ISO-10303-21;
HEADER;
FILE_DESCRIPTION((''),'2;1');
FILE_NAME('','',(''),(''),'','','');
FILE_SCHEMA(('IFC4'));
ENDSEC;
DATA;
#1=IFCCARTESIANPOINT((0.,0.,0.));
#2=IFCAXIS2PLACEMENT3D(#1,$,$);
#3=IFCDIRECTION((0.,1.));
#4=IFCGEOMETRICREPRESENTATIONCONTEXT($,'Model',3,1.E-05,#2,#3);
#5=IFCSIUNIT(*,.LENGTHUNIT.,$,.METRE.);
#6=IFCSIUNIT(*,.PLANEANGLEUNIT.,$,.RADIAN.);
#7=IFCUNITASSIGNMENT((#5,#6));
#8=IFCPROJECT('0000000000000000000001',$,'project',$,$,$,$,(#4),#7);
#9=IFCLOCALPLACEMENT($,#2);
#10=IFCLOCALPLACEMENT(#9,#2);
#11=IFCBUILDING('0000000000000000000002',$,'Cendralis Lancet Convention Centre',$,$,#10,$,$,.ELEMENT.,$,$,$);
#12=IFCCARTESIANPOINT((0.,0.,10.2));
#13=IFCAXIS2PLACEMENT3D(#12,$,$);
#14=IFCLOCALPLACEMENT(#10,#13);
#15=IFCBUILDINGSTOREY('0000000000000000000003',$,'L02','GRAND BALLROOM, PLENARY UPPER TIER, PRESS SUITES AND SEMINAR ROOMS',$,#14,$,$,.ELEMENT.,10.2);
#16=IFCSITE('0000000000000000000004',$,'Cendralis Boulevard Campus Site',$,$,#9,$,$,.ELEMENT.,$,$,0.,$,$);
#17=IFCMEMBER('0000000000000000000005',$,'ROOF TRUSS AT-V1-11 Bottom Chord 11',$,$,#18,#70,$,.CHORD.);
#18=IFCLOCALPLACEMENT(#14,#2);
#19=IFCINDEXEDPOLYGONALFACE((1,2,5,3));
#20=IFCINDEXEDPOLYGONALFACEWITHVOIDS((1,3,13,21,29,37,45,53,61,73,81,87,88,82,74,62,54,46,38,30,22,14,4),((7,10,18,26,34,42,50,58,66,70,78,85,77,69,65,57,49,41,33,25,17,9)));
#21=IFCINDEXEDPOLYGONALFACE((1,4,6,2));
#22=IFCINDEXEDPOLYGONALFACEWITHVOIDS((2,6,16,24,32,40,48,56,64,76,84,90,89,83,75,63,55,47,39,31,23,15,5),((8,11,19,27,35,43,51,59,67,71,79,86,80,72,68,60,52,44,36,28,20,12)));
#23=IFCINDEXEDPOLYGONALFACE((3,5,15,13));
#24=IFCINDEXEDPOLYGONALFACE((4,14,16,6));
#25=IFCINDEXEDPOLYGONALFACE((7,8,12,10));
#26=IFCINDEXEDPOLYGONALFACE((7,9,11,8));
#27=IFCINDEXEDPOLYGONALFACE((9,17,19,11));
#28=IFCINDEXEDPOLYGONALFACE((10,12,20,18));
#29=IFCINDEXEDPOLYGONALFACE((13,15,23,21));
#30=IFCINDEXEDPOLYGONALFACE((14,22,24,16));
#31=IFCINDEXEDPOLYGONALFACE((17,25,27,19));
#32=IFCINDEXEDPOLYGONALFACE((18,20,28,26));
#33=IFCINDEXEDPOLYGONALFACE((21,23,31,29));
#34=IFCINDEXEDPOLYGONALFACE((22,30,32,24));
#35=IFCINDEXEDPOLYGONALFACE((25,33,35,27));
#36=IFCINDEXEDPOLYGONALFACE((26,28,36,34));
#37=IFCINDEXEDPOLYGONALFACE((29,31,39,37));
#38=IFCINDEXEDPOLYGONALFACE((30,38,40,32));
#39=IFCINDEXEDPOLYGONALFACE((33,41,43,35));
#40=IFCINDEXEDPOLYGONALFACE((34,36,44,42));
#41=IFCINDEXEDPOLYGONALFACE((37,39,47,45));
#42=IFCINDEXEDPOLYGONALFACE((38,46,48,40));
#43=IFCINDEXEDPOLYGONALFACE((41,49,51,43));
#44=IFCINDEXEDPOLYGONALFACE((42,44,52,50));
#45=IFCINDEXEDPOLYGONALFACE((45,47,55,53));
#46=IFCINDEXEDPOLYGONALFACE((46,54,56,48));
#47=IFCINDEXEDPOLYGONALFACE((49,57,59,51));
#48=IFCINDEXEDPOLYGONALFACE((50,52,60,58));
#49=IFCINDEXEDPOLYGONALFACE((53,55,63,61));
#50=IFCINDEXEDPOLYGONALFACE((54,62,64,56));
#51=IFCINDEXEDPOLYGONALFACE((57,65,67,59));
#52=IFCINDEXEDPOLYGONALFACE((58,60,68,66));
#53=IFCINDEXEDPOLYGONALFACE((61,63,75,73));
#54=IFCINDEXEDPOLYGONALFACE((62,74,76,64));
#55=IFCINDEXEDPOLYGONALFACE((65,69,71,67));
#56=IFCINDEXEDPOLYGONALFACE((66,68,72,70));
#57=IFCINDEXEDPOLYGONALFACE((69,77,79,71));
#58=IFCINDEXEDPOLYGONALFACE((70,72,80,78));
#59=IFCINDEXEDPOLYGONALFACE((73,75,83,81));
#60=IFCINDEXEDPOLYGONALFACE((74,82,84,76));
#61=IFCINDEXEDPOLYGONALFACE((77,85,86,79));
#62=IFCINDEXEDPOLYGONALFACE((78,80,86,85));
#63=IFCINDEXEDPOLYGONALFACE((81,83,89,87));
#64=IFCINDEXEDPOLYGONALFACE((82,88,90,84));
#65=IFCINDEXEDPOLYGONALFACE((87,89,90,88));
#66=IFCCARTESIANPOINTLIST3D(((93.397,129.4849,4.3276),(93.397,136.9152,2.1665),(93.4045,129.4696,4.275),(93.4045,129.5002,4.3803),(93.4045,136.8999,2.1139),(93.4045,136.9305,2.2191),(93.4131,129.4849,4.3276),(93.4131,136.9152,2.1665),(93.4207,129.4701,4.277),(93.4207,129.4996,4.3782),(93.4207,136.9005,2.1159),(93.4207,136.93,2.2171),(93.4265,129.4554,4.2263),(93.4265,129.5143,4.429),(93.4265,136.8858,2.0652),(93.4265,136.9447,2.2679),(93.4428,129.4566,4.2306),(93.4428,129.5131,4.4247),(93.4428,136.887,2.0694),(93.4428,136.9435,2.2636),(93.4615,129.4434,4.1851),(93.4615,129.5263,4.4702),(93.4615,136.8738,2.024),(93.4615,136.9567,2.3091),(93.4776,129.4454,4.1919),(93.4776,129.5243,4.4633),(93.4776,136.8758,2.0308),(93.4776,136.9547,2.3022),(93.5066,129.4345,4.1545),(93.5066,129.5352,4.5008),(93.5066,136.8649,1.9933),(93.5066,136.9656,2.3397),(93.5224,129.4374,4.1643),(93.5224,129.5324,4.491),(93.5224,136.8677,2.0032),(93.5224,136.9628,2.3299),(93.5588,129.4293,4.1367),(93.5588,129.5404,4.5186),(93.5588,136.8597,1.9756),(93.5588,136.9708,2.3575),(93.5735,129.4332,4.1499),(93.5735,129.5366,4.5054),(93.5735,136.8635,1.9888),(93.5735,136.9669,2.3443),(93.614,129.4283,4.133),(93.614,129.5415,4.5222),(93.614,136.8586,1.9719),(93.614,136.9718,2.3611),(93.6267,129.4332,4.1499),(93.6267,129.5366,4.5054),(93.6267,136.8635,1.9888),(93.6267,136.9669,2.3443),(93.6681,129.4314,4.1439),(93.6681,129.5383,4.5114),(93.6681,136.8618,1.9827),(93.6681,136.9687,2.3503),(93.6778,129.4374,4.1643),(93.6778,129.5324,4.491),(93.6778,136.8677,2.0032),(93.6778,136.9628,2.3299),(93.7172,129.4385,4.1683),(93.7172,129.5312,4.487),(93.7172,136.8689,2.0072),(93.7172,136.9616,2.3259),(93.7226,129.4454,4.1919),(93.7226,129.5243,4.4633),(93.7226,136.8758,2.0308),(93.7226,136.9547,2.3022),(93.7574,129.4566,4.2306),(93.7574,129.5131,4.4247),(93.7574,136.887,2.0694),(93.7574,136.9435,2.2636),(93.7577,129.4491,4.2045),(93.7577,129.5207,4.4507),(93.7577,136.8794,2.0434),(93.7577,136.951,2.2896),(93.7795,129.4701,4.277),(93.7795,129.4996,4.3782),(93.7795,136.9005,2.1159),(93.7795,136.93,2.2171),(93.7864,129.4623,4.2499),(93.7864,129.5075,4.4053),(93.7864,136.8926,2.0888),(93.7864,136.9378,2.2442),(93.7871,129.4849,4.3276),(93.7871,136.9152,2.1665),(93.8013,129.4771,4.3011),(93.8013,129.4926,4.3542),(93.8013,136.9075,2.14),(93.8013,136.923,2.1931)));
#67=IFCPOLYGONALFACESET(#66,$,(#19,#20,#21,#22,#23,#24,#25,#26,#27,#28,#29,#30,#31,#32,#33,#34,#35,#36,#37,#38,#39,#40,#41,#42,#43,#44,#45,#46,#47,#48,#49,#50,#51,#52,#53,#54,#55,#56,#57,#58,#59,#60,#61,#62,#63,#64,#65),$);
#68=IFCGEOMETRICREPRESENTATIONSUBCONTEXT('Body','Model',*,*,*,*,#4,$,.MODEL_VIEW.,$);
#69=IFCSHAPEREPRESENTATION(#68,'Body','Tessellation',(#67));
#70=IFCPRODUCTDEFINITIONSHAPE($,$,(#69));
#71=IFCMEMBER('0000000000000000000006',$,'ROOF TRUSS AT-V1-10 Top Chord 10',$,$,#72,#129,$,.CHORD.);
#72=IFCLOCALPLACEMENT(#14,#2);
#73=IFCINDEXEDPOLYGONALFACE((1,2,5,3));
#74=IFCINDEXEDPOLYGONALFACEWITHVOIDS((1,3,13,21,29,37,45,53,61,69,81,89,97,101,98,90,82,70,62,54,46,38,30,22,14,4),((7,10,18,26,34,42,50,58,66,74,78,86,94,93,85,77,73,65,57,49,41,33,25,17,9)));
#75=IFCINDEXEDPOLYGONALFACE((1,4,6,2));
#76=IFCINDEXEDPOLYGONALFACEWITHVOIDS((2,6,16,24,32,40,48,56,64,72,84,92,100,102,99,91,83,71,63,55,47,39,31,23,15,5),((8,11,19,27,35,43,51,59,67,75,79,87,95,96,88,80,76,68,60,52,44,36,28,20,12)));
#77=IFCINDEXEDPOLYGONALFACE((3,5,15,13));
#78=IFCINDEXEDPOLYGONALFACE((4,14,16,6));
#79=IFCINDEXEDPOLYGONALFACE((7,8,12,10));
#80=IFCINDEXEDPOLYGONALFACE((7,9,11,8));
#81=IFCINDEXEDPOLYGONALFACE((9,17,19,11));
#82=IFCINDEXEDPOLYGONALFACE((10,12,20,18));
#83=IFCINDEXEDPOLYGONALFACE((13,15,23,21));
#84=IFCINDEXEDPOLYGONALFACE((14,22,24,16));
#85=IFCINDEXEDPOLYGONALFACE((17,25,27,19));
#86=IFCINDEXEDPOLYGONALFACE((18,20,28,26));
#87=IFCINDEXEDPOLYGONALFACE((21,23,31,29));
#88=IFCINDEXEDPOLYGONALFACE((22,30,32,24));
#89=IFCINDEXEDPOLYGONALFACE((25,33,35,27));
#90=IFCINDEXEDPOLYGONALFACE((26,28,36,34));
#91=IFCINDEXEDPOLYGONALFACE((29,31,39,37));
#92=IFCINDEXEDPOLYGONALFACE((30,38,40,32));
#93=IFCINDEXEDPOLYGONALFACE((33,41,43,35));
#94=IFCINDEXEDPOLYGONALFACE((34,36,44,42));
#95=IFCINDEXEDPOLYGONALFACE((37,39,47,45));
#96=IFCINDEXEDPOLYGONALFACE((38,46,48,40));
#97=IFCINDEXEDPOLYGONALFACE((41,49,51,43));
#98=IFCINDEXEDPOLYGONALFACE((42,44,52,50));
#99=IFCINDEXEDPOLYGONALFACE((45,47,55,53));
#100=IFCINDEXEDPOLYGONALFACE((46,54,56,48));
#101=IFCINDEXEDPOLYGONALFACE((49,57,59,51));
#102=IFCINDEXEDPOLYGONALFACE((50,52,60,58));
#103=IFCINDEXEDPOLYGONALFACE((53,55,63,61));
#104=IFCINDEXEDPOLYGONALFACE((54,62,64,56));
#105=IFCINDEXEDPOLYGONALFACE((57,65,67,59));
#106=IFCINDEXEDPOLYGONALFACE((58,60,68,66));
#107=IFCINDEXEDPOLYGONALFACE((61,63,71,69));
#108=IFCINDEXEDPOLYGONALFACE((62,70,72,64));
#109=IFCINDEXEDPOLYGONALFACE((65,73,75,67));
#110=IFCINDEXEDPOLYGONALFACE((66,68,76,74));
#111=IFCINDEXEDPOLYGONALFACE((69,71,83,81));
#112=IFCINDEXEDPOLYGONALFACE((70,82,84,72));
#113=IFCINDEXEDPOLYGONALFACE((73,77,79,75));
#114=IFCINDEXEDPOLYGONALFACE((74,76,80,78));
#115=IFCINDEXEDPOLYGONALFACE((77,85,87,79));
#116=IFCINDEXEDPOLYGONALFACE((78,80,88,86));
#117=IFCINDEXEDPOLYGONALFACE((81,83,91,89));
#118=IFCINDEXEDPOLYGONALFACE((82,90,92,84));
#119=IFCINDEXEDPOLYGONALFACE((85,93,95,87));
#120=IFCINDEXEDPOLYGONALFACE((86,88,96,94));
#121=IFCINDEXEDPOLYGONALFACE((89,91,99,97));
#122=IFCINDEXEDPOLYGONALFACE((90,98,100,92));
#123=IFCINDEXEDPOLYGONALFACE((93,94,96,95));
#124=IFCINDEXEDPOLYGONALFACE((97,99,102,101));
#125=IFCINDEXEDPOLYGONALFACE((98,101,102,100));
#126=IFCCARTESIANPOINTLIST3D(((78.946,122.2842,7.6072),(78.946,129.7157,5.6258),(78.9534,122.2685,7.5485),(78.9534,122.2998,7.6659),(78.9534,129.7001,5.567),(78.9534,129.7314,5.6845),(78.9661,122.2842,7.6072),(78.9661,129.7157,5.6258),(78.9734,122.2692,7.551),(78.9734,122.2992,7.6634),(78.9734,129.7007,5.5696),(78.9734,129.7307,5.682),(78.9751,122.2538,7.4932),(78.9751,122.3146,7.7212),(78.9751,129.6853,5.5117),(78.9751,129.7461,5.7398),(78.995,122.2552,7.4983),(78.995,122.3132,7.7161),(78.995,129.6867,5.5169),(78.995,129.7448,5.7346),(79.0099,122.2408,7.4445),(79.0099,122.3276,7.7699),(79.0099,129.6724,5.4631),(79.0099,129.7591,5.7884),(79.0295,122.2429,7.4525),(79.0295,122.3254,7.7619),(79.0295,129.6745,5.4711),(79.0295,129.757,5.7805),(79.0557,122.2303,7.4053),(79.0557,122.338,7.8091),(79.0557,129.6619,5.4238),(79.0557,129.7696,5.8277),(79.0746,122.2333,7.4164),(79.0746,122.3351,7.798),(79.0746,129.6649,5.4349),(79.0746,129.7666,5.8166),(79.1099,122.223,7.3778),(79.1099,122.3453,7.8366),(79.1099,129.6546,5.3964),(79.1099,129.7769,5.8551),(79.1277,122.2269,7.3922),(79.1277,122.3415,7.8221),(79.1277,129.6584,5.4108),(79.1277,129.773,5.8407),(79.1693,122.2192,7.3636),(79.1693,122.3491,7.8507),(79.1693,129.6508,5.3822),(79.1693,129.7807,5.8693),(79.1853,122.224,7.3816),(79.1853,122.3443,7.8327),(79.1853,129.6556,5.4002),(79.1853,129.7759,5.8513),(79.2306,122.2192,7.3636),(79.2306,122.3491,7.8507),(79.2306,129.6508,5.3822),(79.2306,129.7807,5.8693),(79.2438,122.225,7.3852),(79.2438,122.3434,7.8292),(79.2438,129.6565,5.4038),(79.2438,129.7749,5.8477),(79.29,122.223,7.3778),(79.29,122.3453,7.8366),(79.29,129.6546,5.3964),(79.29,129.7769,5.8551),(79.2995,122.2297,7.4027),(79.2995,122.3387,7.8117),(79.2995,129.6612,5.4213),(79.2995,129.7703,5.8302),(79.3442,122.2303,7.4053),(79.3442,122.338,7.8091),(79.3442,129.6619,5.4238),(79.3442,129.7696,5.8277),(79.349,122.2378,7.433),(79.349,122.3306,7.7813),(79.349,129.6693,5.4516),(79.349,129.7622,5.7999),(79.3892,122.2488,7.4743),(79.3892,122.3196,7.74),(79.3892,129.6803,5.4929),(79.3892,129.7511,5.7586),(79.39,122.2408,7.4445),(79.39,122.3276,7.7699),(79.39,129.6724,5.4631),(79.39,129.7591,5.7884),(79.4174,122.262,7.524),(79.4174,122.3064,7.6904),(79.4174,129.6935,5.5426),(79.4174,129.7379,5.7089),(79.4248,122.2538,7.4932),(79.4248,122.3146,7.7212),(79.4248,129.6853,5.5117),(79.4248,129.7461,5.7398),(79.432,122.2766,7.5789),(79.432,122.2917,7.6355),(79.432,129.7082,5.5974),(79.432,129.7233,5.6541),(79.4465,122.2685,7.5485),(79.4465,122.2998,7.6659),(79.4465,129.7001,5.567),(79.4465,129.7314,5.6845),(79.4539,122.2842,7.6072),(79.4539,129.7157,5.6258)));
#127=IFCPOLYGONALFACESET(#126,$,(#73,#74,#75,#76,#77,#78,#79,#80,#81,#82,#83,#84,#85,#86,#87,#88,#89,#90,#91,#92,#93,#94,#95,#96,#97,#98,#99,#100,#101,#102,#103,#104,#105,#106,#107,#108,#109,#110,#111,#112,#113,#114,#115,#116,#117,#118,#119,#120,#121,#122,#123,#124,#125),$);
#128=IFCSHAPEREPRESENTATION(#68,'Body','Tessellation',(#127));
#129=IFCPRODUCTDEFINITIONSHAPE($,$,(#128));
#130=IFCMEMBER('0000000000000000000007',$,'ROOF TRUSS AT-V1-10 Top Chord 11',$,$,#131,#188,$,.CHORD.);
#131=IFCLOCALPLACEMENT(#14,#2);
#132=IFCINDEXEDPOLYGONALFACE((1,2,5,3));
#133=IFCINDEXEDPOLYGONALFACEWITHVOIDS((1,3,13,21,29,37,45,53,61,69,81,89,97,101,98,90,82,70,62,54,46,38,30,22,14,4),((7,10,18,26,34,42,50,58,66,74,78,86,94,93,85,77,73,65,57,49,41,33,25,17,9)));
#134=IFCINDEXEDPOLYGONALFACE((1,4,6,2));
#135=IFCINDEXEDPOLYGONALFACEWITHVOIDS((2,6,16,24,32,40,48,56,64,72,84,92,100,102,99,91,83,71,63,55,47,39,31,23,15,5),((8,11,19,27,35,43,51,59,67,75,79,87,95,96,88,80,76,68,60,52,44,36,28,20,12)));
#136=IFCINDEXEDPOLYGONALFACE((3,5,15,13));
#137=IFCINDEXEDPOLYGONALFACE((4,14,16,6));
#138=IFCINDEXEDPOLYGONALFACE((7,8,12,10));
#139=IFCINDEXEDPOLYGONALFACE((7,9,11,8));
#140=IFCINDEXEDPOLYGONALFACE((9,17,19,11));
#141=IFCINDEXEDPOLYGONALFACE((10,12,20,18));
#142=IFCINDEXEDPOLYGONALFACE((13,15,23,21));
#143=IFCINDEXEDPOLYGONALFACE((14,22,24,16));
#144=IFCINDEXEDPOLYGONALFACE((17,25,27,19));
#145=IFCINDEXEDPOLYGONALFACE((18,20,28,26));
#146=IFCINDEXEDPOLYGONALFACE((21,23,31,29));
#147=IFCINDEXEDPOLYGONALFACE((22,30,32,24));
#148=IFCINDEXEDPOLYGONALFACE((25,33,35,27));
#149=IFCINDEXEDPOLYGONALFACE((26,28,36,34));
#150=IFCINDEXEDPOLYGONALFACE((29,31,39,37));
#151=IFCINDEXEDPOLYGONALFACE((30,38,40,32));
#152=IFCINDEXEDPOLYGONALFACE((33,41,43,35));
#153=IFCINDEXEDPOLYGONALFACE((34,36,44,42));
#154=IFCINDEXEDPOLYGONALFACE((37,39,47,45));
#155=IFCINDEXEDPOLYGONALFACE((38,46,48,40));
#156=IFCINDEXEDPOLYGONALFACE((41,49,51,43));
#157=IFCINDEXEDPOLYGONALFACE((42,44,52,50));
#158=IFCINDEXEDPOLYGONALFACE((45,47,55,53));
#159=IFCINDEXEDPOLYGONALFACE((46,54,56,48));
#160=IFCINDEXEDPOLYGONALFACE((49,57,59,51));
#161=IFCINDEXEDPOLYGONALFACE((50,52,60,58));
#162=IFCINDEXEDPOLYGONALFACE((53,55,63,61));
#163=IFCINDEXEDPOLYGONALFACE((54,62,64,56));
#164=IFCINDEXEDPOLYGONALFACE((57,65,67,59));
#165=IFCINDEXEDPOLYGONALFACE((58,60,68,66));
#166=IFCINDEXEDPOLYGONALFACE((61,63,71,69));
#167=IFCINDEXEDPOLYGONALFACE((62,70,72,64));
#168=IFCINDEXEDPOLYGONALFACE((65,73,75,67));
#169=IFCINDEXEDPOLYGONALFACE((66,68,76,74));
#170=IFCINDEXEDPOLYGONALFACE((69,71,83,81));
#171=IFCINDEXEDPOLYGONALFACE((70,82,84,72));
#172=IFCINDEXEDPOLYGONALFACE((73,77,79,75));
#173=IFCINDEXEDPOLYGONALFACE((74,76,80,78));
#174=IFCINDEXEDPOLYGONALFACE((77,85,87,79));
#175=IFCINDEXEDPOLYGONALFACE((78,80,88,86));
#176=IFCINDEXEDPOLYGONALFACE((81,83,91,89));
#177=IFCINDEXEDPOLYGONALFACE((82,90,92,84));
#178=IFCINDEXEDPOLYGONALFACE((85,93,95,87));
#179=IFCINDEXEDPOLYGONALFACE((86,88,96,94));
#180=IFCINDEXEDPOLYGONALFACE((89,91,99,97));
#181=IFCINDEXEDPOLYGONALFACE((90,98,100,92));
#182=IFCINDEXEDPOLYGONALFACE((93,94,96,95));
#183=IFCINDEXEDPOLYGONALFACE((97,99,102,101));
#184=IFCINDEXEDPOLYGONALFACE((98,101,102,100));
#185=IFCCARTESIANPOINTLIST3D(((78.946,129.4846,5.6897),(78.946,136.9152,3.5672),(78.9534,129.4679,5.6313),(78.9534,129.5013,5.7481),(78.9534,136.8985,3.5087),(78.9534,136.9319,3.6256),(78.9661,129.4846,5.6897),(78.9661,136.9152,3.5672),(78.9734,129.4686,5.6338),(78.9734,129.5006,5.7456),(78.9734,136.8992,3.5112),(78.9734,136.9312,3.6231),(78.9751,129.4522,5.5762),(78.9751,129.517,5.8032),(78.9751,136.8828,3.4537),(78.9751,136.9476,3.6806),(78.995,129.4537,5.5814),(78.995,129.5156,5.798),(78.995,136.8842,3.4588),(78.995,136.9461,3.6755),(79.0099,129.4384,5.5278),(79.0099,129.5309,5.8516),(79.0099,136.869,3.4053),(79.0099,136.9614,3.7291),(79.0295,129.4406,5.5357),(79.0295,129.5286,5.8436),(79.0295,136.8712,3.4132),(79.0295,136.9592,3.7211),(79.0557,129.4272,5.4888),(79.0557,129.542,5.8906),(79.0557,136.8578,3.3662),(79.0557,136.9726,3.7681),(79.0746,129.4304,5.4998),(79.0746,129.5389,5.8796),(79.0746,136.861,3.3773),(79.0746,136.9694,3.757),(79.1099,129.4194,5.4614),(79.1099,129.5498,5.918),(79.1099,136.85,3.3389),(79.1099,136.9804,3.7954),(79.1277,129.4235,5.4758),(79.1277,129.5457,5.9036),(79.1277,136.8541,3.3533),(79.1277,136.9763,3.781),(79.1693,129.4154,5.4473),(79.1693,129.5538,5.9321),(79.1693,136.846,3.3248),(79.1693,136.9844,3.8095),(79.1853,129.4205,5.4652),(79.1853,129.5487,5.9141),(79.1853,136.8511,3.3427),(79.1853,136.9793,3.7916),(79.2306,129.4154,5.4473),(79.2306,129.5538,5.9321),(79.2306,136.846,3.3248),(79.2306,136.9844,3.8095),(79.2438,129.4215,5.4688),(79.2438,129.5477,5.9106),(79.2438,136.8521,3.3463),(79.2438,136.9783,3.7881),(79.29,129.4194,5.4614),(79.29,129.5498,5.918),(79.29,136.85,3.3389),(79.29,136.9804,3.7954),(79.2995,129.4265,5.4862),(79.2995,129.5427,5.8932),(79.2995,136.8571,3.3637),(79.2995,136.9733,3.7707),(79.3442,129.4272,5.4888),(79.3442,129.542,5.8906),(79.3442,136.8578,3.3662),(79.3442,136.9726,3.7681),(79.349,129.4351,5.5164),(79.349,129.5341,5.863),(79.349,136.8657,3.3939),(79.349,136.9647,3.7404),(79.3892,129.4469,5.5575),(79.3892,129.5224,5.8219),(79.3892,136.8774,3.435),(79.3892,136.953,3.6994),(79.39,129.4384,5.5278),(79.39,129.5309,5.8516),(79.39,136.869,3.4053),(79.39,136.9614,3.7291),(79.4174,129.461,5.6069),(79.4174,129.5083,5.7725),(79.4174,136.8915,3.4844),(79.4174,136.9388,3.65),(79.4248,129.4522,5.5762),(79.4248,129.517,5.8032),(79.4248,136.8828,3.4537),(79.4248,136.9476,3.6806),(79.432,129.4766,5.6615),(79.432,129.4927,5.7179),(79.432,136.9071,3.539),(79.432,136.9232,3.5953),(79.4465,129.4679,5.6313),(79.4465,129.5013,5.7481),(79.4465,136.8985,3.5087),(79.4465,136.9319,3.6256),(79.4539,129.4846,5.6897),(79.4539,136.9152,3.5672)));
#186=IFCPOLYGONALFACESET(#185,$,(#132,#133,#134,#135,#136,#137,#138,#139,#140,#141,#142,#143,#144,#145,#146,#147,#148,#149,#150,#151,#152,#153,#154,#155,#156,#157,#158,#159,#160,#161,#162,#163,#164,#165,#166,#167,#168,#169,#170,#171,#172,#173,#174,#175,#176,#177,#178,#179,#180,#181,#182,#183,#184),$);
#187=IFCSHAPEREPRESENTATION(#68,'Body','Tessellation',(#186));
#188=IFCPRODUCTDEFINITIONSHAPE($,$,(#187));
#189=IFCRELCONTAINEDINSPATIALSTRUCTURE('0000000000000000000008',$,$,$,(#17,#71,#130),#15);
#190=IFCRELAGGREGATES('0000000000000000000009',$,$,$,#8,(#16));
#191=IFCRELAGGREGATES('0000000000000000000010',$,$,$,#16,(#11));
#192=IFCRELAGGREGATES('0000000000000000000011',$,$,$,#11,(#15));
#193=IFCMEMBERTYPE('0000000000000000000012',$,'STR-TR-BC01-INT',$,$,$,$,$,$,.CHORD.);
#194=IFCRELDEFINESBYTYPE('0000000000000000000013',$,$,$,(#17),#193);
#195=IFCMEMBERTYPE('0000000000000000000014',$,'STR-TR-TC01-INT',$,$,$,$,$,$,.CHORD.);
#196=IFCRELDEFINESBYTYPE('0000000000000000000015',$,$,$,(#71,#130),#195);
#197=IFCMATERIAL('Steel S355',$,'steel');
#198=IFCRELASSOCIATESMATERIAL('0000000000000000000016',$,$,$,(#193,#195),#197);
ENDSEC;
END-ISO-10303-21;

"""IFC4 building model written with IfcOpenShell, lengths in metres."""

from ifc_helpers import new_model, si_unit, direction, frame, origin, origin_2d, place, context, subcontext, project, spatial, hollow_circle, extrude, material, material_profile, profile_set, type_object, element, save


model = new_model("IFC4")

# Units and contexts
model_context = context("Model", 3, precision=1e-05, world=origin(), true_north=direction((0.0, 1.0)))
body_context = subcontext(model_context, "Body", "Model", "MODEL_VIEW")
ifc_project = project(units=[si_unit("LENGTHUNIT", "METRE"), si_unit("PLANEANGLEUNIT", "RADIAN")], contexts=[model_context])

# Site, building, storey
site_placement = place(None, origin())
site = spatial("IfcSite", under=ifc_project, at=site_placement, Name="Cendralis Boulevard Campus Site", CompositionType="ELEMENT", RefElevation=0.0)
building_placement = place(site_placement, origin())
building = spatial("IfcBuilding", under=site, at=building_placement, Name="Cendralis Lancet Convention Centre", CompositionType="ELEMENT")
storey_placement = place(building_placement, frame((0.0, 0.0, 10.2)))
storey = spatial("IfcBuildingStorey", under=building, at=storey_placement, Name="L02", Description="GRAND BALLROOM, PLENARY UPPER TIER, PRESS SUITES AND SEMINAR ROOMS", CompositionType="ELEMENT", Elevation=10.2)

# Members
ifc_material_1 = material(Name="Steel S355", Category="steel")
ifc_material_profile_1 = material_profile(ifc_material_1, hollow_circle(Radius=0.2031, WallThickness=0.0161, at=origin_2d()), Name="CHS 406.4x16.0")
ifc_profile_set_1 = profile_set([ifc_material_profile_1], Name="Steel S355")
member_type_1 = type_object("IfcMemberType", Name="STR-TR-BC01-INT", PredefinedType="CHORD", material=ifc_profile_set_1)
member_1_placement = place(storey_placement, frame((93.6001, 129.4849, 4.3276), z_axis=(0.0, 0.960211, -0.279277), x_axis=(-1.0, 0.0, 0.0)))
element("IfcMember", 1, at=member_1_placement, inside=storey, type_object=member_type_1, Name="ROOF TRUSS AT-V1-11 Bottom Chord 11", PredefinedType="CHORD", context=body_context, shape_type="SweptSolid", body=[
    extrude(hollow_circle(Radius=0.2031, WallThickness=0.0161, at=origin_2d()), origin(), (0.0, 0.0, 1.0), 7.7383),
])
ifc_material_profile_2 = material_profile(ifc_material_1, hollow_circle(Radius=0.2539, WallThickness=0.02, at=origin_2d()), Name="CHS 508.0x20.0")
ifc_profile_set_2 = profile_set([ifc_material_profile_2], Name="Steel S355")
member_type_2 = type_object("IfcMemberType", Name="STR-TR-TC01-INT", PredefinedType="CHORD", material=ifc_profile_set_2)
member_2_placement = place(storey_placement, frame((79.2, 122.2842, 7.6072), z_axis=(0.0, 0.966245, -0.257623), x_axis=(-1.0, 0.0, 0.0)))
element("IfcMember", 2, at=member_2_placement, inside=storey, type_object=member_type_2, Name="ROOF TRUSS AT-V1-10 Top Chord 10", PredefinedType="CHORD", context=body_context, shape_type="SweptSolid", body=[
    extrude(hollow_circle(Radius=0.2539, WallThickness=0.02, at=origin_2d()), origin(), (0.0, 0.0, 1.0), 7.6912),
])
member_3_placement = place(storey_placement, frame((79.2, 129.4846, 5.6897), z_axis=(0.0, 0.961541, -0.274663), x_axis=(-1.0, 0.0, 0.0)))
element("IfcMember", 3, at=member_3_placement, inside=storey, type_object=member_type_2, Name="ROOF TRUSS AT-V1-10 Top Chord 11", PredefinedType="CHORD", context=body_context, shape_type="SweptSolid", body=[
    extrude(hollow_circle(Radius=0.2539, WallThickness=0.02, at=origin_2d()), origin(), (0.0, 0.0, 1.0), 7.7278),
])

save(model, "model.ifc")
